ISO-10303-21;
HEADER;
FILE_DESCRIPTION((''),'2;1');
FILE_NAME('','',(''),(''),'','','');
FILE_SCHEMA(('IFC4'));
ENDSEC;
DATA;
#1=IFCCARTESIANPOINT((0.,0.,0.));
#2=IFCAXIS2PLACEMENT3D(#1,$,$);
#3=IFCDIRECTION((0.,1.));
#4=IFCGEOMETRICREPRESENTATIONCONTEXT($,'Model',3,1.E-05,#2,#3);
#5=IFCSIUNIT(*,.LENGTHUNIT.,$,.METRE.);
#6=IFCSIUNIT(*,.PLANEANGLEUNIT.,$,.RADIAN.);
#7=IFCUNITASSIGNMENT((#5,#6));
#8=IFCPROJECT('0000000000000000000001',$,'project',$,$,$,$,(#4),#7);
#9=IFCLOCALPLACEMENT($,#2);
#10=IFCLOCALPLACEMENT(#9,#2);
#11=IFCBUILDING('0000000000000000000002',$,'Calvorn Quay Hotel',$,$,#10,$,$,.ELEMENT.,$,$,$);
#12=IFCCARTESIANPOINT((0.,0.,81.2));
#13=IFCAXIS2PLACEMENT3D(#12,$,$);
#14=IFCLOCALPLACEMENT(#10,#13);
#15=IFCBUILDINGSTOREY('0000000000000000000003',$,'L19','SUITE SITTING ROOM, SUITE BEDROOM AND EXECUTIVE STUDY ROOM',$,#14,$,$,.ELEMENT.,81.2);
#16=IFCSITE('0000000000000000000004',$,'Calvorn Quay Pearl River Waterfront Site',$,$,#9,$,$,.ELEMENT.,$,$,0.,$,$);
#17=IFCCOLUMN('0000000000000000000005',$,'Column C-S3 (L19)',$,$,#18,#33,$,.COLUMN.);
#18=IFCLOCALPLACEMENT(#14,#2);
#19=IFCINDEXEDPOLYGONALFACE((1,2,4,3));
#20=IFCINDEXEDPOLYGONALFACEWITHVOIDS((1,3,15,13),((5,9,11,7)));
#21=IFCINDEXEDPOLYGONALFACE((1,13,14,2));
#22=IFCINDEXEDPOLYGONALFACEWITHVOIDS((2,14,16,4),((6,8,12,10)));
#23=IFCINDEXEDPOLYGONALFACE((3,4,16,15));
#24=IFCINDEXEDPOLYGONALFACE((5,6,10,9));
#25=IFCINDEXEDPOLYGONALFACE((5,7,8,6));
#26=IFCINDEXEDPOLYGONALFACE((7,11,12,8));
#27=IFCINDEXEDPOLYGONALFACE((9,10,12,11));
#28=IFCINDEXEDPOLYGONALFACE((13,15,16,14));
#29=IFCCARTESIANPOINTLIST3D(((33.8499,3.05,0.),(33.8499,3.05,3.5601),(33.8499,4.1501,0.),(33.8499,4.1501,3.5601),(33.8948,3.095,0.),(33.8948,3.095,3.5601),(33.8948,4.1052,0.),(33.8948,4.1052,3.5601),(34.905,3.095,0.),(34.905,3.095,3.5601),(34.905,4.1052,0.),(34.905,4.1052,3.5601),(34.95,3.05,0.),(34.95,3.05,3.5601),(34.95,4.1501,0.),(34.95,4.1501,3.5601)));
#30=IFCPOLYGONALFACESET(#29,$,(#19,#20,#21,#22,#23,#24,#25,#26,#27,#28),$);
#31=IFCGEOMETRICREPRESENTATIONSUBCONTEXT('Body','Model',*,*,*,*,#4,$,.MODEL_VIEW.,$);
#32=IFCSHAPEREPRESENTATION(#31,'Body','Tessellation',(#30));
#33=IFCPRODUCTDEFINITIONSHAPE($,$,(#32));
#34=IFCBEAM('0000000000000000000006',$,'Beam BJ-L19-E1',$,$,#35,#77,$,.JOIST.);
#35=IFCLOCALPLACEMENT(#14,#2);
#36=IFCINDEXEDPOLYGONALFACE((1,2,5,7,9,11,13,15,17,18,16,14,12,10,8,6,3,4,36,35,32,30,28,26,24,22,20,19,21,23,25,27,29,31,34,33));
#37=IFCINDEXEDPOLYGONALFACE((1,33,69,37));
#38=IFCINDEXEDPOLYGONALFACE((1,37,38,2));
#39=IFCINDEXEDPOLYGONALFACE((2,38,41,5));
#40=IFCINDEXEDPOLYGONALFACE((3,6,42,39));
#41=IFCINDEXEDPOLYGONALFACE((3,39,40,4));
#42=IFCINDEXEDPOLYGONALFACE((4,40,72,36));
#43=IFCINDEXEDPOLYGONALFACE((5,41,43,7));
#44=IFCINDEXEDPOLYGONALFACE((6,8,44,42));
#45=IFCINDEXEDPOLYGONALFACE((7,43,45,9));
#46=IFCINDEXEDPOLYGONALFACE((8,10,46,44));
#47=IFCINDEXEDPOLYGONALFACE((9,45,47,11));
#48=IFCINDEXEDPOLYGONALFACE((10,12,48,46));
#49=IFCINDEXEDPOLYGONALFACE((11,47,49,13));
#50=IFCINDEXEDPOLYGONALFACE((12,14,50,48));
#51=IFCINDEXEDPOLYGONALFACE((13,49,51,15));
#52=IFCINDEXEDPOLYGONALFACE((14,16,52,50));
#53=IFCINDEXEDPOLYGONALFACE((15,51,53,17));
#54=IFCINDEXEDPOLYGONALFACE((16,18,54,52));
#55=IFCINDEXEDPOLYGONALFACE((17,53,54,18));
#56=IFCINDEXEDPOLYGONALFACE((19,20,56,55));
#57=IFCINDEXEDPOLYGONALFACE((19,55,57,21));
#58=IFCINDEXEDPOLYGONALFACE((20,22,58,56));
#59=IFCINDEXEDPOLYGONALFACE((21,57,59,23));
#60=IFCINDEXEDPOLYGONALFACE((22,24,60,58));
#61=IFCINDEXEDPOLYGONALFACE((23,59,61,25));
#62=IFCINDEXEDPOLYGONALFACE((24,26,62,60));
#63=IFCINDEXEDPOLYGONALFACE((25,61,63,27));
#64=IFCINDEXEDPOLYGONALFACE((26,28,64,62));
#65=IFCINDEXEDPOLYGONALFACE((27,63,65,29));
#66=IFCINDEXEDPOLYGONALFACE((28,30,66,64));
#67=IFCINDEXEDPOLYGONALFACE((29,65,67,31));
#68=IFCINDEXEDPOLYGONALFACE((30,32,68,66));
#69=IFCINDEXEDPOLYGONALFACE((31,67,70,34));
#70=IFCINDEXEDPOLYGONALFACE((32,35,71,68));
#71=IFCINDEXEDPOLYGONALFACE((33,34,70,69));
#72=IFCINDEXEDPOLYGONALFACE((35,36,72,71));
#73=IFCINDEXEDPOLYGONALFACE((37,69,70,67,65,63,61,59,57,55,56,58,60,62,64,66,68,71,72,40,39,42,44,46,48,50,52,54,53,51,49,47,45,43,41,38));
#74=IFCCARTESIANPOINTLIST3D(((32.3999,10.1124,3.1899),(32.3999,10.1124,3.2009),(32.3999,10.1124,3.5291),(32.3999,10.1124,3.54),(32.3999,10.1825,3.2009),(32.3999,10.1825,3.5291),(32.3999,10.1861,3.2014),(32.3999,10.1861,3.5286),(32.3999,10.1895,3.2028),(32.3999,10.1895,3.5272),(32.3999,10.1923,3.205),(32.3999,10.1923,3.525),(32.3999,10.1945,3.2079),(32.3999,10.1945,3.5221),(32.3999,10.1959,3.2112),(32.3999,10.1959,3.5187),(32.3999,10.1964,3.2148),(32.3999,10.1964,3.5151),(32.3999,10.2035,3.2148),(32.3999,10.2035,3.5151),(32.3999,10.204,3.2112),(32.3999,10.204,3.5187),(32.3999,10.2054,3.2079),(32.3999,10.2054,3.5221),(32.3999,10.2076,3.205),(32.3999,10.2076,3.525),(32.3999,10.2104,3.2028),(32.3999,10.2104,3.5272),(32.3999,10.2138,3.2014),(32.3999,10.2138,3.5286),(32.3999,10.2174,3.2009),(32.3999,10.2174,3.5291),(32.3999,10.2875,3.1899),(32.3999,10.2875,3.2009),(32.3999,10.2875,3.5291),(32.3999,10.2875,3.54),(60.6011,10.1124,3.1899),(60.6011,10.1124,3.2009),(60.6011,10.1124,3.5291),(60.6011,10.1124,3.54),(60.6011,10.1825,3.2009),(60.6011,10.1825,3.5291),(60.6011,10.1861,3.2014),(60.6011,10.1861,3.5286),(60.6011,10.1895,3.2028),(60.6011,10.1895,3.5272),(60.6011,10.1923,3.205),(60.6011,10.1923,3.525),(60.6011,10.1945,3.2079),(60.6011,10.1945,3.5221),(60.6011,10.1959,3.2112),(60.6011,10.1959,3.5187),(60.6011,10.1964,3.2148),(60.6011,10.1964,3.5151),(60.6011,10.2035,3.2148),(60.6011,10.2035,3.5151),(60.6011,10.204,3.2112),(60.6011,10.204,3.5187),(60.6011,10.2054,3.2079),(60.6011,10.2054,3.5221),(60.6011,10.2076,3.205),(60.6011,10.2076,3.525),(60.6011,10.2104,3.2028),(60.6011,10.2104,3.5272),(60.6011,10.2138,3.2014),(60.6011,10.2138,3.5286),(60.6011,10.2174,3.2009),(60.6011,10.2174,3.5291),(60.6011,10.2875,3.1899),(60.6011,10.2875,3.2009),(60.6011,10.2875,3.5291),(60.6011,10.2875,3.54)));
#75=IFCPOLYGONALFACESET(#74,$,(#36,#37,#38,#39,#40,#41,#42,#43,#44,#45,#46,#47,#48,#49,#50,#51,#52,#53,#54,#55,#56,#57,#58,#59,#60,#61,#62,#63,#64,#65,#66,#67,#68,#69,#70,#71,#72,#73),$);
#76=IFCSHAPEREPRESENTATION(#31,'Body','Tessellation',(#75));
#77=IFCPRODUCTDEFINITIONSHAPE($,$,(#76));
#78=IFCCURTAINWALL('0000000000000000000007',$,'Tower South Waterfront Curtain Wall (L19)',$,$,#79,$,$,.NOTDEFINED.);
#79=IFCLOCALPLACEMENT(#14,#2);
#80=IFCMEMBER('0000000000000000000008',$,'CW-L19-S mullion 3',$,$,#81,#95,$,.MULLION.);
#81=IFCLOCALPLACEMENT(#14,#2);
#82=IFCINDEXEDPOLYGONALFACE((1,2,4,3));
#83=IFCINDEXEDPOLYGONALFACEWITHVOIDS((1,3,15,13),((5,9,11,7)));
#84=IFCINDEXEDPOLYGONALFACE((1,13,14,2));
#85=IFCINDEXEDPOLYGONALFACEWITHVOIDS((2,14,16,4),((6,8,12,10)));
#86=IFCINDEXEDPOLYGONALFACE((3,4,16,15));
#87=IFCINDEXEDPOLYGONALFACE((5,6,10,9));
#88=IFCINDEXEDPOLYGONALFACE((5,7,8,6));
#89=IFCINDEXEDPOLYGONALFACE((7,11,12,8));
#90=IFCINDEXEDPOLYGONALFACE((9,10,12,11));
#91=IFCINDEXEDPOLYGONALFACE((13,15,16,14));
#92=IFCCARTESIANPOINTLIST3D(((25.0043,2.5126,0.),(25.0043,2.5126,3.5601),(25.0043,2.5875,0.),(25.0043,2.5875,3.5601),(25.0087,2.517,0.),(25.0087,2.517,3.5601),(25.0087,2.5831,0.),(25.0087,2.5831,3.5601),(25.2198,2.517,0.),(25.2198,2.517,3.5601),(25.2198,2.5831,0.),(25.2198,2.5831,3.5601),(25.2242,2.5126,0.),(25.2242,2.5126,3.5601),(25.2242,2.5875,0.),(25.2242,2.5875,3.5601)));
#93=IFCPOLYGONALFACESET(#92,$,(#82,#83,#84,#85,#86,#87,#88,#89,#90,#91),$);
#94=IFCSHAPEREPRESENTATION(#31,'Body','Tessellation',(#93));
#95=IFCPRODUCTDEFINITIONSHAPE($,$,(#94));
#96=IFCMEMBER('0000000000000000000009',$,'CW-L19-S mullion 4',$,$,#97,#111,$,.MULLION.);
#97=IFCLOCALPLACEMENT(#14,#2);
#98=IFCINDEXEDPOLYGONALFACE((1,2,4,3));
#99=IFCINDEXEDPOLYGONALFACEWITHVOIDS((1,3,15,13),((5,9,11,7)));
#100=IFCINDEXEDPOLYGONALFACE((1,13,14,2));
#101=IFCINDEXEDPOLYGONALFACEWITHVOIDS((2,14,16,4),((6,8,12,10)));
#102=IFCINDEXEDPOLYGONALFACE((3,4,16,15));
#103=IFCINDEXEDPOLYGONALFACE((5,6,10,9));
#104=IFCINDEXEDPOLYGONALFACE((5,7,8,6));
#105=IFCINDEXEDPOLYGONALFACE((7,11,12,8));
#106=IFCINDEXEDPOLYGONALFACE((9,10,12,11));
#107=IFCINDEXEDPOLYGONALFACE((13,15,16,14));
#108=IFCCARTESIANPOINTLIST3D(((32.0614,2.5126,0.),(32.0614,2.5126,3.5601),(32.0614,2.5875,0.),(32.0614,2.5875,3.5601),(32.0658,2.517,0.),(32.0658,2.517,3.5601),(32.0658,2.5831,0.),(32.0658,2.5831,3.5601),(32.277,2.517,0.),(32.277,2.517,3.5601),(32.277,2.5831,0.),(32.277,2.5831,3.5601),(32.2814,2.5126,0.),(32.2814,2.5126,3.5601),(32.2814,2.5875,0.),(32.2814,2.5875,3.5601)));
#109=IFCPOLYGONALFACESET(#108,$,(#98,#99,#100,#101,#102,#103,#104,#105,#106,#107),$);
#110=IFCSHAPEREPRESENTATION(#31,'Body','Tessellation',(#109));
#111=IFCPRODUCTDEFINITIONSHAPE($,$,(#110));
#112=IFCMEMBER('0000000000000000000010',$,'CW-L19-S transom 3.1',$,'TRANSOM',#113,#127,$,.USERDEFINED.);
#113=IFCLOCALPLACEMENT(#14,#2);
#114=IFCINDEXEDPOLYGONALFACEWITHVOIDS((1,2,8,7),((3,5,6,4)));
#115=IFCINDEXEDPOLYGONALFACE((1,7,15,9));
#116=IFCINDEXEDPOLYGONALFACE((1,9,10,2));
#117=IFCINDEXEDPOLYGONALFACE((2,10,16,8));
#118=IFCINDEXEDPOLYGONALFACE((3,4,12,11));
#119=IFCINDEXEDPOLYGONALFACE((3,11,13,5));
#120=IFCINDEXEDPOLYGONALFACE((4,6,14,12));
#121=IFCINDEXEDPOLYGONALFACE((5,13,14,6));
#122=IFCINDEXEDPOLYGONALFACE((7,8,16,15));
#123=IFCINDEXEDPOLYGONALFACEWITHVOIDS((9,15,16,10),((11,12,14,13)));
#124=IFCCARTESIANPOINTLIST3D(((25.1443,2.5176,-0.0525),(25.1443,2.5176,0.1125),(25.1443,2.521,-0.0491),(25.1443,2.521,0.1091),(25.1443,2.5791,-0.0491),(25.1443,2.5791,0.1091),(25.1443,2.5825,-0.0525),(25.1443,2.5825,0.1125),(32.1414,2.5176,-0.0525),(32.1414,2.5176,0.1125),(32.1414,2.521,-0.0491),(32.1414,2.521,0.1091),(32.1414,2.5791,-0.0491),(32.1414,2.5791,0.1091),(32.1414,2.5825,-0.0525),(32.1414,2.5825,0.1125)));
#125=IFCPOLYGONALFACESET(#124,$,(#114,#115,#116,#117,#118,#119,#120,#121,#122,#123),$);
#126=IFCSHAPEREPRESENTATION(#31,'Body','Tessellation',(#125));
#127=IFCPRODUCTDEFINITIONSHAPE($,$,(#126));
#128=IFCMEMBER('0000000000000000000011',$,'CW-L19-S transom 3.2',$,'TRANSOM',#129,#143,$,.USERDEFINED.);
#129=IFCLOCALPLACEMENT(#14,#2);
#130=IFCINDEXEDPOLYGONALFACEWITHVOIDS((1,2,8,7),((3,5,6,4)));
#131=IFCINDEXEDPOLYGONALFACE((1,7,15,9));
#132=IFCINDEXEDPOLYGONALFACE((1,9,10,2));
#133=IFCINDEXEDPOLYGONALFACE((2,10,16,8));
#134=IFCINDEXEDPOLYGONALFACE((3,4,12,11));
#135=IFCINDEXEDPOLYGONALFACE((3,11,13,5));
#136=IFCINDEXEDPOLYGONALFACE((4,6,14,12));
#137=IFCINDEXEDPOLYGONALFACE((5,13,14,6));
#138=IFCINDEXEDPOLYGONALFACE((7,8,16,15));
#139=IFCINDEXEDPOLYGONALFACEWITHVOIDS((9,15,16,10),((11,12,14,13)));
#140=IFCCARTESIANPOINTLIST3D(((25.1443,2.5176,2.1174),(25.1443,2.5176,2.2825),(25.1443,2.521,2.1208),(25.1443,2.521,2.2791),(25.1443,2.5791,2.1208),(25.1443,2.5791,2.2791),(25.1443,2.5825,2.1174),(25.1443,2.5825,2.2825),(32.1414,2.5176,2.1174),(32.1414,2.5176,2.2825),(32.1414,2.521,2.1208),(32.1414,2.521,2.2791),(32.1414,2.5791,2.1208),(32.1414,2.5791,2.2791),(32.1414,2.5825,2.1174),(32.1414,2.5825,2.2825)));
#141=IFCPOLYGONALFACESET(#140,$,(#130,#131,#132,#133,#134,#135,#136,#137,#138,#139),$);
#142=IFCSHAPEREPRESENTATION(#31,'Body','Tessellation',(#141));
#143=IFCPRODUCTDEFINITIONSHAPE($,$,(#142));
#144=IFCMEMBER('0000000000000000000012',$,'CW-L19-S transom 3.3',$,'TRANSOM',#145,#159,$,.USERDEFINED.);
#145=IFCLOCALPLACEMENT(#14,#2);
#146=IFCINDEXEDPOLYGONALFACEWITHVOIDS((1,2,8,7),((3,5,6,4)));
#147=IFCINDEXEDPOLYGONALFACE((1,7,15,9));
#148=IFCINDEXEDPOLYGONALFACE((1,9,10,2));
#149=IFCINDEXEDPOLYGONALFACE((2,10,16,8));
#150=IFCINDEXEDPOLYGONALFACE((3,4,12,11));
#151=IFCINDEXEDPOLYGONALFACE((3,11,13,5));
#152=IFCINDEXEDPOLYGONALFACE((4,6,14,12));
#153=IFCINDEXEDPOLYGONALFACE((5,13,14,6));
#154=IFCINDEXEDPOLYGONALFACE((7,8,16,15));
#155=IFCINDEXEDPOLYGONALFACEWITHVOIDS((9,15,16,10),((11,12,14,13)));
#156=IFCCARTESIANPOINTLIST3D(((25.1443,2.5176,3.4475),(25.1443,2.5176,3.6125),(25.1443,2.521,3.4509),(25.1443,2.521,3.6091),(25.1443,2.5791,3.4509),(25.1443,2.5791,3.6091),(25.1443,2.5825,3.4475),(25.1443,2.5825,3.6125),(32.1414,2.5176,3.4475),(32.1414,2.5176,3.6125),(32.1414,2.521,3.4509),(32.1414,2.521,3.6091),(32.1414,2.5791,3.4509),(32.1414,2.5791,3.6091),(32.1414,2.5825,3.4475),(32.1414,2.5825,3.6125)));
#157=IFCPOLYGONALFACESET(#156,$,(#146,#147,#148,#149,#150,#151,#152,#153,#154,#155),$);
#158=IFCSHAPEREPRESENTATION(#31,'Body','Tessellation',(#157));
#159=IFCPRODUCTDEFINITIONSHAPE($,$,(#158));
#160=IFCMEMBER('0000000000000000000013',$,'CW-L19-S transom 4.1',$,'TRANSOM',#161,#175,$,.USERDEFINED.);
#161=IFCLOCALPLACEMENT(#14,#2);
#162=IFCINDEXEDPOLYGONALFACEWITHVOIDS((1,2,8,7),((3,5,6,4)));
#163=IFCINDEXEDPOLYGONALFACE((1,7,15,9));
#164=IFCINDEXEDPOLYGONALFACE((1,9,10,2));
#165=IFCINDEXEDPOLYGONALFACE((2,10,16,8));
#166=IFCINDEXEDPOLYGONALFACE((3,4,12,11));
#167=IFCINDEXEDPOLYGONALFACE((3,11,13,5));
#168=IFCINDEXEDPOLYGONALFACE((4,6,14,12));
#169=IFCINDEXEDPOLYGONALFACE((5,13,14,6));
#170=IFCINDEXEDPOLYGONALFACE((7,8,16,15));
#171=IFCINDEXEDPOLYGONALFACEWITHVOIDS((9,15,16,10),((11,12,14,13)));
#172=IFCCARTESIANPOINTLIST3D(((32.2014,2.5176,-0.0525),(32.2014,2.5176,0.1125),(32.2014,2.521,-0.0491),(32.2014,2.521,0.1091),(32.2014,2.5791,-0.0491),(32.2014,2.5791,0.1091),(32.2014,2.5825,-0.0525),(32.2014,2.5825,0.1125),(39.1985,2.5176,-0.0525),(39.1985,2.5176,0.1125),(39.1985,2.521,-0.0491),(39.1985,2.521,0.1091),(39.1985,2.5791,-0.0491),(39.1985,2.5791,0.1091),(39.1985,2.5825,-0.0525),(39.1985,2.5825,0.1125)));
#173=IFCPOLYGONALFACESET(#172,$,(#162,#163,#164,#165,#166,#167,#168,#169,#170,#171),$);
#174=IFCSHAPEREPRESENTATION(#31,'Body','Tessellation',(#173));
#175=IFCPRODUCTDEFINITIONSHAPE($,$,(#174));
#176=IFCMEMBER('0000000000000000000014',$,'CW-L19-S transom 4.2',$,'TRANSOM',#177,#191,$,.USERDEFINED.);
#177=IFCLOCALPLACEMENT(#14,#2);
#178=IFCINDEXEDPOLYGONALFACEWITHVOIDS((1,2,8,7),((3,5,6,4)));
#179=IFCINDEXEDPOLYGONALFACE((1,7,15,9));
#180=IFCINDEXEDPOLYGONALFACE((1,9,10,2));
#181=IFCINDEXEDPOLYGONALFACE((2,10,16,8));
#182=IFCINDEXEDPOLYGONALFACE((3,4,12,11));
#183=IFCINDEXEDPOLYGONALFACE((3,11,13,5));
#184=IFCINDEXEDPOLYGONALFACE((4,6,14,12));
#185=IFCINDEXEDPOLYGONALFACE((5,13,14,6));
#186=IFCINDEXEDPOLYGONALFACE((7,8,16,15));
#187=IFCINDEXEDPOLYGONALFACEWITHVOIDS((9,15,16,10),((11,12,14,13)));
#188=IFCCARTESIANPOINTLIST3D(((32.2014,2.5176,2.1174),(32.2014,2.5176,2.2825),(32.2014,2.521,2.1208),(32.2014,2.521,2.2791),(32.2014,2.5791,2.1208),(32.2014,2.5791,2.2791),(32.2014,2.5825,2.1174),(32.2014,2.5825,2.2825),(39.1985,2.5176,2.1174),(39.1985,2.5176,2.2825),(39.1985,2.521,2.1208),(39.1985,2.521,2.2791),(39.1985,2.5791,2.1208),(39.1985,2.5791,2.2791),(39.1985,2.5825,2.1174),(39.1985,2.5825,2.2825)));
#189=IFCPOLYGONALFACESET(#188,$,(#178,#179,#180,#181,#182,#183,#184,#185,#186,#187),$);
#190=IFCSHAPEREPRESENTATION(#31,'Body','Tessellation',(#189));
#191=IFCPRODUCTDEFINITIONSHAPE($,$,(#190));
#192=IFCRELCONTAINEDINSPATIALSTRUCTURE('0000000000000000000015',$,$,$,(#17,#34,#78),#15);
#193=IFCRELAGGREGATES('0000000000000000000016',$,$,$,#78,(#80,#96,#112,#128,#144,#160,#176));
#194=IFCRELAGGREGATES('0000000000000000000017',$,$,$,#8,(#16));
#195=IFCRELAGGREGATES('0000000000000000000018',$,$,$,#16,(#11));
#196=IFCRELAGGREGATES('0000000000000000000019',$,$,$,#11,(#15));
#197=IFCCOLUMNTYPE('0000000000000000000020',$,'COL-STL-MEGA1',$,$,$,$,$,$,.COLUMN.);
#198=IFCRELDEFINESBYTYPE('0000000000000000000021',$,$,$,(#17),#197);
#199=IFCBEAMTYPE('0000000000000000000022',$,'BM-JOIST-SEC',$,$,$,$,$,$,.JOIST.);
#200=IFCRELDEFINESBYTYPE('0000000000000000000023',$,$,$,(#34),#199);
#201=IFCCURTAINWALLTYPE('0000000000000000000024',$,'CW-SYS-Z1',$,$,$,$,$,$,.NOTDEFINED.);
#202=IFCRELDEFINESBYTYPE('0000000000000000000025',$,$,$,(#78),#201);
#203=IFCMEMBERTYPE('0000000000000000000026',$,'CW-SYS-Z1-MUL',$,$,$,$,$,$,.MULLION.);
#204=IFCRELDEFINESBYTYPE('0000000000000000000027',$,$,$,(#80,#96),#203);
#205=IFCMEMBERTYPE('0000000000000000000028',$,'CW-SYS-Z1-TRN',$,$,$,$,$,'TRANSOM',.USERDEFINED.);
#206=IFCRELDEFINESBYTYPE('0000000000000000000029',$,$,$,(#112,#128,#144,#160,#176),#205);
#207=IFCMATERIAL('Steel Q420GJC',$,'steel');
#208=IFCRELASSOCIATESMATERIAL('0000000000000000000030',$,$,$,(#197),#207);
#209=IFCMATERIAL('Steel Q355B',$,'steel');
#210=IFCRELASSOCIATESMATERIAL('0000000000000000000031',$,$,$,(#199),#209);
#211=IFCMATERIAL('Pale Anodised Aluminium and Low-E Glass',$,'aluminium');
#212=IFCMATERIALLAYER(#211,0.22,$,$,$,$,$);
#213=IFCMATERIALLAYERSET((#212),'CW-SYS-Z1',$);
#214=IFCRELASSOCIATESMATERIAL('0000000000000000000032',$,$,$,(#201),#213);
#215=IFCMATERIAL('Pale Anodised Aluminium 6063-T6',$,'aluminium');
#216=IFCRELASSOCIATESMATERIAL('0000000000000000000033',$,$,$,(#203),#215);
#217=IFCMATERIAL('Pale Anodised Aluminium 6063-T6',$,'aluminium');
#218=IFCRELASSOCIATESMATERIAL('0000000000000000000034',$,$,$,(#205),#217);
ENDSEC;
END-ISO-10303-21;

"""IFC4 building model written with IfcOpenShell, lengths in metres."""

from ifc_helpers import new_model, si_unit, direction, frame, origin, origin_2d, place, context, subcontext, project, spatial, hollow_rectangle, i_section, extrude, material, layer, layer_set, material_profile, profile_set, type_object, element, aggregate, save


model = new_model("IFC4")

# Units and contexts
model_context = context("Model", 3, precision=1e-05, world=origin(), true_north=direction((0.0, 1.0)))
body_context = subcontext(model_context, "Body", "Model", "MODEL_VIEW")
ifc_project = project(units=[si_unit("LENGTHUNIT", "METRE"), si_unit("PLANEANGLEUNIT", "RADIAN")], contexts=[model_context])

# Site, building, storey
site_placement = place(None, origin())
site = spatial("IfcSite", under=ifc_project, at=site_placement, Name="Calvorn Quay Pearl River Waterfront Site", CompositionType="ELEMENT", RefElevation=0.0)
building_placement = place(site_placement, origin())
building = spatial("IfcBuilding", under=site, at=building_placement, Name="Calvorn Quay Hotel", CompositionType="ELEMENT")
storey_placement = place(building_placement, frame((0.0, 0.0, 81.2)))
storey = spatial("IfcBuildingStorey", under=building, at=storey_placement, Name="L19", Description="SUITE SITTING ROOM, SUITE BEDROOM AND EXECUTIVE STUDY ROOM", CompositionType="ELEMENT", Elevation=81.2)

# Column
ifc_material_1 = material(Name="Steel Q420GJC", Category="steel")
ifc_material_profile_1 = material_profile(ifc_material_1, hollow_rectangle(XDim=1.1001, YDim=1.1001, WallThickness=0.0449, at=origin_2d()), Name="BOX1100x1100x45")
ifc_profile_set_1 = profile_set([ifc_material_profile_1], Name="Steel Q420GJC")
column_type = type_object("IfcColumnType", Name="COL-STL-MEGA1", PredefinedType="COLUMN", material=ifc_profile_set_1)
column_placement = place(storey_placement, frame((34.3999, 3.6001, 0.0), z_axis=(0.0, 0.0, 1.0), x_axis=(1.0, 0.0, 0.0)))
element("IfcColumn", 1, at=column_placement, inside=storey, type_object=column_type, Name="Column C-S3 (L19)", PredefinedType="COLUMN", context=body_context, shape_type="SweptSolid", body=[
    extrude(hollow_rectangle(XDim=1.1001, YDim=1.1001, WallThickness=0.0449, at=origin_2d()), origin(), (0.0, 0.0, 1.0), 3.5601),
])

# Beam
ifc_material_2 = material(Name="Steel Q355B", Category="steel")
ifc_material_profile_2 = material_profile(ifc_material_2, i_section(OverallWidth=0.175, OverallDepth=0.3501, WebThickness=0.0071, FlangeThickness=0.011, FilletRadius=0.0139, at=origin_2d()), Name="HN350x175x7x11")
ifc_profile_set_2 = profile_set([ifc_material_profile_2], Name="Steel Q355B")
beam_type = type_object("IfcBeamType", Name="BM-JOIST-SEC", PredefinedType="JOIST", material=ifc_profile_set_2)
beam_placement = place(storey_placement, frame((32.3999, 10.2, 3.365), z_axis=(1.0, 0.0, 0.0), x_axis=(0.0, 1.0, 0.0)))
element("IfcBeam", 2, at=beam_placement, inside=storey, type_object=beam_type, Name="Beam BJ-L19-E1", PredefinedType="JOIST", context=body_context, shape_type="SweptSolid", body=[
    extrude(i_section(OverallWidth=0.175, OverallDepth=0.3501, WebThickness=0.0071, FlangeThickness=0.011, FilletRadius=0.0139, at=origin_2d()), origin(), (0.0, 0.0, 1.0), 28.2012),
])

# Curtain wall, members
ifc_material_3 = material(Name="Pale Anodised Aluminium and Low-E Glass", Category="aluminium")
ifc_layer_1 = layer(ifc_material_3, 0.22)
ifc_layer_set_1 = layer_set([ifc_layer_1], Name="CW-SYS-Z1")
curtain_wall_type = type_object("IfcCurtainWallType", Name="CW-SYS-Z1", PredefinedType="NOTDEFINED", material=ifc_layer_set_1)
curtain_wall_placement = place(storey_placement, origin())
curtain_wall = element("IfcCurtainWall", 3, at=curtain_wall_placement, inside=storey, type_object=curtain_wall_type, Name="Tower South Waterfront Curtain Wall (L19)", PredefinedType="NOTDEFINED")
ifc_material_4 = material(Name="Pale Anodised Aluminium 6063-T6", Category="aluminium")
ifc_material_profile_3 = material_profile(ifc_material_4, hollow_rectangle(XDim=0.075, YDim=0.22, WallThickness=0.0044, at=origin_2d()), Name="ALU-M220x75x4.5")
ifc_profile_set_3 = profile_set([ifc_material_profile_3], Name="Pale Anodised Aluminium 6063-T6")
member_type_1 = type_object("IfcMemberType", Name="CW-SYS-Z1-MUL", PredefinedType="MULLION", material=ifc_profile_set_3)
member_1_placement = place(storey_placement, frame((25.1143, 2.55, 0.0), z_axis=(0.0, 0.0, 1.0), x_axis=(0.0, 1.0, 0.0)))
member_1 = element("IfcMember", 4, at=member_1_placement, type_object=member_type_1, Name="CW-L19-S mullion 3", PredefinedType="MULLION", context=body_context, shape_type="SweptSolid", body=[
    extrude(hollow_rectangle(XDim=0.075, YDim=0.22, WallThickness=0.0044, at=origin_2d()), origin(), (0.0, 0.0, 1.0), 3.5601),
])
member_2_placement = place(storey_placement, frame((32.1714, 2.55, 0.0), z_axis=(0.0, 0.0, 1.0), x_axis=(0.0, 1.0, 0.0)))
member_2 = element("IfcMember", 5, at=member_2_placement, type_object=member_type_1, Name="CW-L19-S mullion 4", PredefinedType="MULLION", context=body_context, shape_type="SweptSolid", body=[
    extrude(hollow_rectangle(XDim=0.075, YDim=0.22, WallThickness=0.0044, at=origin_2d()), origin(), (0.0, 0.0, 1.0), 3.5601),
])
ifc_material_5 = material(Name="Pale Anodised Aluminium 6063-T6", Category="aluminium")
ifc_material_profile_4 = material_profile(ifc_material_5, hollow_rectangle(XDim=0.0649, YDim=0.165, WallThickness=0.0034, at=origin_2d()), Name="ALU-T165x65x3.5")
ifc_profile_set_4 = profile_set([ifc_material_profile_4], Name="Pale Anodised Aluminium 6063-T6")
member_type_2 = type_object("IfcMemberType", Name="CW-SYS-Z1-TRN", ElementType="TRANSOM", PredefinedType="USERDEFINED", material=ifc_profile_set_4)
member_3_placement = place(storey_placement, frame((25.1443, 2.55, 0.03), z_axis=(1.0, 0.0, 0.0), x_axis=(0.0, 1.0, 0.0)))
member_3 = element("IfcMember", 6, at=member_3_placement, type_object=member_type_2, Name="CW-L19-S transom 3.1", ObjectType="TRANSOM", PredefinedType="USERDEFINED", context=body_context, shape_type="SweptSolid", body=[
    extrude(hollow_rectangle(XDim=0.0649, YDim=0.165, WallThickness=0.0034, at=origin_2d()), origin(), (0.0, 0.0, 1.0), 6.9971),
])
member_4_placement = place(storey_placement, frame((25.1443, 2.55, 2.2), z_axis=(1.0, 0.0, 0.0), x_axis=(0.0, 1.0, 0.0)))
member_4 = element("IfcMember", 7, at=member_4_placement, type_object=member_type_2, Name="CW-L19-S transom 3.2", ObjectType="TRANSOM", PredefinedType="USERDEFINED", context=body_context, shape_type="SweptSolid", body=[
    extrude(hollow_rectangle(XDim=0.0649, YDim=0.165, WallThickness=0.0034, at=origin_2d()), origin(), (0.0, 0.0, 1.0), 6.9971),
])
member_5_placement = place(storey_placement, frame((25.1443, 2.55, 3.53), z_axis=(1.0, 0.0, 0.0), x_axis=(0.0, 1.0, 0.0)))
member_5 = element("IfcMember", 8, at=member_5_placement, type_object=member_type_2, Name="CW-L19-S transom 3.3", ObjectType="TRANSOM", PredefinedType="USERDEFINED", context=body_context, shape_type="SweptSolid", body=[
    extrude(hollow_rectangle(XDim=0.0649, YDim=0.165, WallThickness=0.0034, at=origin_2d()), origin(), (0.0, 0.0, 1.0), 6.9971),
])
member_6_placement = place(storey_placement, frame((32.2014, 2.55, 0.03), z_axis=(1.0, 0.0, 0.0), x_axis=(0.0, 1.0, 0.0)))
member_6 = element("IfcMember", 9, at=member_6_placement, type_object=member_type_2, Name="CW-L19-S transom 4.1", ObjectType="TRANSOM", PredefinedType="USERDEFINED", context=body_context, shape_type="SweptSolid", body=[
    extrude(hollow_rectangle(XDim=0.0649, YDim=0.165, WallThickness=0.0034, at=origin_2d()), origin(), (0.0, 0.0, 1.0), 6.9971),
])
member_7_placement = place(storey_placement, frame((32.2014, 2.55, 2.2), z_axis=(1.0, 0.0, 0.0), x_axis=(0.0, 1.0, 0.0)))
member_7 = element("IfcMember", 10, at=member_7_placement, type_object=member_type_2, Name="CW-L19-S transom 4.2", ObjectType="TRANSOM", PredefinedType="USERDEFINED", context=body_context, shape_type="SweptSolid", body=[
    extrude(hollow_rectangle(XDim=0.0649, YDim=0.165, WallThickness=0.0034, at=origin_2d()), origin(), (0.0, 0.0, 1.0), 6.9971),
])
aggregate(curtain_wall, [member_1, member_2, member_3, member_4, member_5, member_6, member_7])

save(model, "model.ifc")
